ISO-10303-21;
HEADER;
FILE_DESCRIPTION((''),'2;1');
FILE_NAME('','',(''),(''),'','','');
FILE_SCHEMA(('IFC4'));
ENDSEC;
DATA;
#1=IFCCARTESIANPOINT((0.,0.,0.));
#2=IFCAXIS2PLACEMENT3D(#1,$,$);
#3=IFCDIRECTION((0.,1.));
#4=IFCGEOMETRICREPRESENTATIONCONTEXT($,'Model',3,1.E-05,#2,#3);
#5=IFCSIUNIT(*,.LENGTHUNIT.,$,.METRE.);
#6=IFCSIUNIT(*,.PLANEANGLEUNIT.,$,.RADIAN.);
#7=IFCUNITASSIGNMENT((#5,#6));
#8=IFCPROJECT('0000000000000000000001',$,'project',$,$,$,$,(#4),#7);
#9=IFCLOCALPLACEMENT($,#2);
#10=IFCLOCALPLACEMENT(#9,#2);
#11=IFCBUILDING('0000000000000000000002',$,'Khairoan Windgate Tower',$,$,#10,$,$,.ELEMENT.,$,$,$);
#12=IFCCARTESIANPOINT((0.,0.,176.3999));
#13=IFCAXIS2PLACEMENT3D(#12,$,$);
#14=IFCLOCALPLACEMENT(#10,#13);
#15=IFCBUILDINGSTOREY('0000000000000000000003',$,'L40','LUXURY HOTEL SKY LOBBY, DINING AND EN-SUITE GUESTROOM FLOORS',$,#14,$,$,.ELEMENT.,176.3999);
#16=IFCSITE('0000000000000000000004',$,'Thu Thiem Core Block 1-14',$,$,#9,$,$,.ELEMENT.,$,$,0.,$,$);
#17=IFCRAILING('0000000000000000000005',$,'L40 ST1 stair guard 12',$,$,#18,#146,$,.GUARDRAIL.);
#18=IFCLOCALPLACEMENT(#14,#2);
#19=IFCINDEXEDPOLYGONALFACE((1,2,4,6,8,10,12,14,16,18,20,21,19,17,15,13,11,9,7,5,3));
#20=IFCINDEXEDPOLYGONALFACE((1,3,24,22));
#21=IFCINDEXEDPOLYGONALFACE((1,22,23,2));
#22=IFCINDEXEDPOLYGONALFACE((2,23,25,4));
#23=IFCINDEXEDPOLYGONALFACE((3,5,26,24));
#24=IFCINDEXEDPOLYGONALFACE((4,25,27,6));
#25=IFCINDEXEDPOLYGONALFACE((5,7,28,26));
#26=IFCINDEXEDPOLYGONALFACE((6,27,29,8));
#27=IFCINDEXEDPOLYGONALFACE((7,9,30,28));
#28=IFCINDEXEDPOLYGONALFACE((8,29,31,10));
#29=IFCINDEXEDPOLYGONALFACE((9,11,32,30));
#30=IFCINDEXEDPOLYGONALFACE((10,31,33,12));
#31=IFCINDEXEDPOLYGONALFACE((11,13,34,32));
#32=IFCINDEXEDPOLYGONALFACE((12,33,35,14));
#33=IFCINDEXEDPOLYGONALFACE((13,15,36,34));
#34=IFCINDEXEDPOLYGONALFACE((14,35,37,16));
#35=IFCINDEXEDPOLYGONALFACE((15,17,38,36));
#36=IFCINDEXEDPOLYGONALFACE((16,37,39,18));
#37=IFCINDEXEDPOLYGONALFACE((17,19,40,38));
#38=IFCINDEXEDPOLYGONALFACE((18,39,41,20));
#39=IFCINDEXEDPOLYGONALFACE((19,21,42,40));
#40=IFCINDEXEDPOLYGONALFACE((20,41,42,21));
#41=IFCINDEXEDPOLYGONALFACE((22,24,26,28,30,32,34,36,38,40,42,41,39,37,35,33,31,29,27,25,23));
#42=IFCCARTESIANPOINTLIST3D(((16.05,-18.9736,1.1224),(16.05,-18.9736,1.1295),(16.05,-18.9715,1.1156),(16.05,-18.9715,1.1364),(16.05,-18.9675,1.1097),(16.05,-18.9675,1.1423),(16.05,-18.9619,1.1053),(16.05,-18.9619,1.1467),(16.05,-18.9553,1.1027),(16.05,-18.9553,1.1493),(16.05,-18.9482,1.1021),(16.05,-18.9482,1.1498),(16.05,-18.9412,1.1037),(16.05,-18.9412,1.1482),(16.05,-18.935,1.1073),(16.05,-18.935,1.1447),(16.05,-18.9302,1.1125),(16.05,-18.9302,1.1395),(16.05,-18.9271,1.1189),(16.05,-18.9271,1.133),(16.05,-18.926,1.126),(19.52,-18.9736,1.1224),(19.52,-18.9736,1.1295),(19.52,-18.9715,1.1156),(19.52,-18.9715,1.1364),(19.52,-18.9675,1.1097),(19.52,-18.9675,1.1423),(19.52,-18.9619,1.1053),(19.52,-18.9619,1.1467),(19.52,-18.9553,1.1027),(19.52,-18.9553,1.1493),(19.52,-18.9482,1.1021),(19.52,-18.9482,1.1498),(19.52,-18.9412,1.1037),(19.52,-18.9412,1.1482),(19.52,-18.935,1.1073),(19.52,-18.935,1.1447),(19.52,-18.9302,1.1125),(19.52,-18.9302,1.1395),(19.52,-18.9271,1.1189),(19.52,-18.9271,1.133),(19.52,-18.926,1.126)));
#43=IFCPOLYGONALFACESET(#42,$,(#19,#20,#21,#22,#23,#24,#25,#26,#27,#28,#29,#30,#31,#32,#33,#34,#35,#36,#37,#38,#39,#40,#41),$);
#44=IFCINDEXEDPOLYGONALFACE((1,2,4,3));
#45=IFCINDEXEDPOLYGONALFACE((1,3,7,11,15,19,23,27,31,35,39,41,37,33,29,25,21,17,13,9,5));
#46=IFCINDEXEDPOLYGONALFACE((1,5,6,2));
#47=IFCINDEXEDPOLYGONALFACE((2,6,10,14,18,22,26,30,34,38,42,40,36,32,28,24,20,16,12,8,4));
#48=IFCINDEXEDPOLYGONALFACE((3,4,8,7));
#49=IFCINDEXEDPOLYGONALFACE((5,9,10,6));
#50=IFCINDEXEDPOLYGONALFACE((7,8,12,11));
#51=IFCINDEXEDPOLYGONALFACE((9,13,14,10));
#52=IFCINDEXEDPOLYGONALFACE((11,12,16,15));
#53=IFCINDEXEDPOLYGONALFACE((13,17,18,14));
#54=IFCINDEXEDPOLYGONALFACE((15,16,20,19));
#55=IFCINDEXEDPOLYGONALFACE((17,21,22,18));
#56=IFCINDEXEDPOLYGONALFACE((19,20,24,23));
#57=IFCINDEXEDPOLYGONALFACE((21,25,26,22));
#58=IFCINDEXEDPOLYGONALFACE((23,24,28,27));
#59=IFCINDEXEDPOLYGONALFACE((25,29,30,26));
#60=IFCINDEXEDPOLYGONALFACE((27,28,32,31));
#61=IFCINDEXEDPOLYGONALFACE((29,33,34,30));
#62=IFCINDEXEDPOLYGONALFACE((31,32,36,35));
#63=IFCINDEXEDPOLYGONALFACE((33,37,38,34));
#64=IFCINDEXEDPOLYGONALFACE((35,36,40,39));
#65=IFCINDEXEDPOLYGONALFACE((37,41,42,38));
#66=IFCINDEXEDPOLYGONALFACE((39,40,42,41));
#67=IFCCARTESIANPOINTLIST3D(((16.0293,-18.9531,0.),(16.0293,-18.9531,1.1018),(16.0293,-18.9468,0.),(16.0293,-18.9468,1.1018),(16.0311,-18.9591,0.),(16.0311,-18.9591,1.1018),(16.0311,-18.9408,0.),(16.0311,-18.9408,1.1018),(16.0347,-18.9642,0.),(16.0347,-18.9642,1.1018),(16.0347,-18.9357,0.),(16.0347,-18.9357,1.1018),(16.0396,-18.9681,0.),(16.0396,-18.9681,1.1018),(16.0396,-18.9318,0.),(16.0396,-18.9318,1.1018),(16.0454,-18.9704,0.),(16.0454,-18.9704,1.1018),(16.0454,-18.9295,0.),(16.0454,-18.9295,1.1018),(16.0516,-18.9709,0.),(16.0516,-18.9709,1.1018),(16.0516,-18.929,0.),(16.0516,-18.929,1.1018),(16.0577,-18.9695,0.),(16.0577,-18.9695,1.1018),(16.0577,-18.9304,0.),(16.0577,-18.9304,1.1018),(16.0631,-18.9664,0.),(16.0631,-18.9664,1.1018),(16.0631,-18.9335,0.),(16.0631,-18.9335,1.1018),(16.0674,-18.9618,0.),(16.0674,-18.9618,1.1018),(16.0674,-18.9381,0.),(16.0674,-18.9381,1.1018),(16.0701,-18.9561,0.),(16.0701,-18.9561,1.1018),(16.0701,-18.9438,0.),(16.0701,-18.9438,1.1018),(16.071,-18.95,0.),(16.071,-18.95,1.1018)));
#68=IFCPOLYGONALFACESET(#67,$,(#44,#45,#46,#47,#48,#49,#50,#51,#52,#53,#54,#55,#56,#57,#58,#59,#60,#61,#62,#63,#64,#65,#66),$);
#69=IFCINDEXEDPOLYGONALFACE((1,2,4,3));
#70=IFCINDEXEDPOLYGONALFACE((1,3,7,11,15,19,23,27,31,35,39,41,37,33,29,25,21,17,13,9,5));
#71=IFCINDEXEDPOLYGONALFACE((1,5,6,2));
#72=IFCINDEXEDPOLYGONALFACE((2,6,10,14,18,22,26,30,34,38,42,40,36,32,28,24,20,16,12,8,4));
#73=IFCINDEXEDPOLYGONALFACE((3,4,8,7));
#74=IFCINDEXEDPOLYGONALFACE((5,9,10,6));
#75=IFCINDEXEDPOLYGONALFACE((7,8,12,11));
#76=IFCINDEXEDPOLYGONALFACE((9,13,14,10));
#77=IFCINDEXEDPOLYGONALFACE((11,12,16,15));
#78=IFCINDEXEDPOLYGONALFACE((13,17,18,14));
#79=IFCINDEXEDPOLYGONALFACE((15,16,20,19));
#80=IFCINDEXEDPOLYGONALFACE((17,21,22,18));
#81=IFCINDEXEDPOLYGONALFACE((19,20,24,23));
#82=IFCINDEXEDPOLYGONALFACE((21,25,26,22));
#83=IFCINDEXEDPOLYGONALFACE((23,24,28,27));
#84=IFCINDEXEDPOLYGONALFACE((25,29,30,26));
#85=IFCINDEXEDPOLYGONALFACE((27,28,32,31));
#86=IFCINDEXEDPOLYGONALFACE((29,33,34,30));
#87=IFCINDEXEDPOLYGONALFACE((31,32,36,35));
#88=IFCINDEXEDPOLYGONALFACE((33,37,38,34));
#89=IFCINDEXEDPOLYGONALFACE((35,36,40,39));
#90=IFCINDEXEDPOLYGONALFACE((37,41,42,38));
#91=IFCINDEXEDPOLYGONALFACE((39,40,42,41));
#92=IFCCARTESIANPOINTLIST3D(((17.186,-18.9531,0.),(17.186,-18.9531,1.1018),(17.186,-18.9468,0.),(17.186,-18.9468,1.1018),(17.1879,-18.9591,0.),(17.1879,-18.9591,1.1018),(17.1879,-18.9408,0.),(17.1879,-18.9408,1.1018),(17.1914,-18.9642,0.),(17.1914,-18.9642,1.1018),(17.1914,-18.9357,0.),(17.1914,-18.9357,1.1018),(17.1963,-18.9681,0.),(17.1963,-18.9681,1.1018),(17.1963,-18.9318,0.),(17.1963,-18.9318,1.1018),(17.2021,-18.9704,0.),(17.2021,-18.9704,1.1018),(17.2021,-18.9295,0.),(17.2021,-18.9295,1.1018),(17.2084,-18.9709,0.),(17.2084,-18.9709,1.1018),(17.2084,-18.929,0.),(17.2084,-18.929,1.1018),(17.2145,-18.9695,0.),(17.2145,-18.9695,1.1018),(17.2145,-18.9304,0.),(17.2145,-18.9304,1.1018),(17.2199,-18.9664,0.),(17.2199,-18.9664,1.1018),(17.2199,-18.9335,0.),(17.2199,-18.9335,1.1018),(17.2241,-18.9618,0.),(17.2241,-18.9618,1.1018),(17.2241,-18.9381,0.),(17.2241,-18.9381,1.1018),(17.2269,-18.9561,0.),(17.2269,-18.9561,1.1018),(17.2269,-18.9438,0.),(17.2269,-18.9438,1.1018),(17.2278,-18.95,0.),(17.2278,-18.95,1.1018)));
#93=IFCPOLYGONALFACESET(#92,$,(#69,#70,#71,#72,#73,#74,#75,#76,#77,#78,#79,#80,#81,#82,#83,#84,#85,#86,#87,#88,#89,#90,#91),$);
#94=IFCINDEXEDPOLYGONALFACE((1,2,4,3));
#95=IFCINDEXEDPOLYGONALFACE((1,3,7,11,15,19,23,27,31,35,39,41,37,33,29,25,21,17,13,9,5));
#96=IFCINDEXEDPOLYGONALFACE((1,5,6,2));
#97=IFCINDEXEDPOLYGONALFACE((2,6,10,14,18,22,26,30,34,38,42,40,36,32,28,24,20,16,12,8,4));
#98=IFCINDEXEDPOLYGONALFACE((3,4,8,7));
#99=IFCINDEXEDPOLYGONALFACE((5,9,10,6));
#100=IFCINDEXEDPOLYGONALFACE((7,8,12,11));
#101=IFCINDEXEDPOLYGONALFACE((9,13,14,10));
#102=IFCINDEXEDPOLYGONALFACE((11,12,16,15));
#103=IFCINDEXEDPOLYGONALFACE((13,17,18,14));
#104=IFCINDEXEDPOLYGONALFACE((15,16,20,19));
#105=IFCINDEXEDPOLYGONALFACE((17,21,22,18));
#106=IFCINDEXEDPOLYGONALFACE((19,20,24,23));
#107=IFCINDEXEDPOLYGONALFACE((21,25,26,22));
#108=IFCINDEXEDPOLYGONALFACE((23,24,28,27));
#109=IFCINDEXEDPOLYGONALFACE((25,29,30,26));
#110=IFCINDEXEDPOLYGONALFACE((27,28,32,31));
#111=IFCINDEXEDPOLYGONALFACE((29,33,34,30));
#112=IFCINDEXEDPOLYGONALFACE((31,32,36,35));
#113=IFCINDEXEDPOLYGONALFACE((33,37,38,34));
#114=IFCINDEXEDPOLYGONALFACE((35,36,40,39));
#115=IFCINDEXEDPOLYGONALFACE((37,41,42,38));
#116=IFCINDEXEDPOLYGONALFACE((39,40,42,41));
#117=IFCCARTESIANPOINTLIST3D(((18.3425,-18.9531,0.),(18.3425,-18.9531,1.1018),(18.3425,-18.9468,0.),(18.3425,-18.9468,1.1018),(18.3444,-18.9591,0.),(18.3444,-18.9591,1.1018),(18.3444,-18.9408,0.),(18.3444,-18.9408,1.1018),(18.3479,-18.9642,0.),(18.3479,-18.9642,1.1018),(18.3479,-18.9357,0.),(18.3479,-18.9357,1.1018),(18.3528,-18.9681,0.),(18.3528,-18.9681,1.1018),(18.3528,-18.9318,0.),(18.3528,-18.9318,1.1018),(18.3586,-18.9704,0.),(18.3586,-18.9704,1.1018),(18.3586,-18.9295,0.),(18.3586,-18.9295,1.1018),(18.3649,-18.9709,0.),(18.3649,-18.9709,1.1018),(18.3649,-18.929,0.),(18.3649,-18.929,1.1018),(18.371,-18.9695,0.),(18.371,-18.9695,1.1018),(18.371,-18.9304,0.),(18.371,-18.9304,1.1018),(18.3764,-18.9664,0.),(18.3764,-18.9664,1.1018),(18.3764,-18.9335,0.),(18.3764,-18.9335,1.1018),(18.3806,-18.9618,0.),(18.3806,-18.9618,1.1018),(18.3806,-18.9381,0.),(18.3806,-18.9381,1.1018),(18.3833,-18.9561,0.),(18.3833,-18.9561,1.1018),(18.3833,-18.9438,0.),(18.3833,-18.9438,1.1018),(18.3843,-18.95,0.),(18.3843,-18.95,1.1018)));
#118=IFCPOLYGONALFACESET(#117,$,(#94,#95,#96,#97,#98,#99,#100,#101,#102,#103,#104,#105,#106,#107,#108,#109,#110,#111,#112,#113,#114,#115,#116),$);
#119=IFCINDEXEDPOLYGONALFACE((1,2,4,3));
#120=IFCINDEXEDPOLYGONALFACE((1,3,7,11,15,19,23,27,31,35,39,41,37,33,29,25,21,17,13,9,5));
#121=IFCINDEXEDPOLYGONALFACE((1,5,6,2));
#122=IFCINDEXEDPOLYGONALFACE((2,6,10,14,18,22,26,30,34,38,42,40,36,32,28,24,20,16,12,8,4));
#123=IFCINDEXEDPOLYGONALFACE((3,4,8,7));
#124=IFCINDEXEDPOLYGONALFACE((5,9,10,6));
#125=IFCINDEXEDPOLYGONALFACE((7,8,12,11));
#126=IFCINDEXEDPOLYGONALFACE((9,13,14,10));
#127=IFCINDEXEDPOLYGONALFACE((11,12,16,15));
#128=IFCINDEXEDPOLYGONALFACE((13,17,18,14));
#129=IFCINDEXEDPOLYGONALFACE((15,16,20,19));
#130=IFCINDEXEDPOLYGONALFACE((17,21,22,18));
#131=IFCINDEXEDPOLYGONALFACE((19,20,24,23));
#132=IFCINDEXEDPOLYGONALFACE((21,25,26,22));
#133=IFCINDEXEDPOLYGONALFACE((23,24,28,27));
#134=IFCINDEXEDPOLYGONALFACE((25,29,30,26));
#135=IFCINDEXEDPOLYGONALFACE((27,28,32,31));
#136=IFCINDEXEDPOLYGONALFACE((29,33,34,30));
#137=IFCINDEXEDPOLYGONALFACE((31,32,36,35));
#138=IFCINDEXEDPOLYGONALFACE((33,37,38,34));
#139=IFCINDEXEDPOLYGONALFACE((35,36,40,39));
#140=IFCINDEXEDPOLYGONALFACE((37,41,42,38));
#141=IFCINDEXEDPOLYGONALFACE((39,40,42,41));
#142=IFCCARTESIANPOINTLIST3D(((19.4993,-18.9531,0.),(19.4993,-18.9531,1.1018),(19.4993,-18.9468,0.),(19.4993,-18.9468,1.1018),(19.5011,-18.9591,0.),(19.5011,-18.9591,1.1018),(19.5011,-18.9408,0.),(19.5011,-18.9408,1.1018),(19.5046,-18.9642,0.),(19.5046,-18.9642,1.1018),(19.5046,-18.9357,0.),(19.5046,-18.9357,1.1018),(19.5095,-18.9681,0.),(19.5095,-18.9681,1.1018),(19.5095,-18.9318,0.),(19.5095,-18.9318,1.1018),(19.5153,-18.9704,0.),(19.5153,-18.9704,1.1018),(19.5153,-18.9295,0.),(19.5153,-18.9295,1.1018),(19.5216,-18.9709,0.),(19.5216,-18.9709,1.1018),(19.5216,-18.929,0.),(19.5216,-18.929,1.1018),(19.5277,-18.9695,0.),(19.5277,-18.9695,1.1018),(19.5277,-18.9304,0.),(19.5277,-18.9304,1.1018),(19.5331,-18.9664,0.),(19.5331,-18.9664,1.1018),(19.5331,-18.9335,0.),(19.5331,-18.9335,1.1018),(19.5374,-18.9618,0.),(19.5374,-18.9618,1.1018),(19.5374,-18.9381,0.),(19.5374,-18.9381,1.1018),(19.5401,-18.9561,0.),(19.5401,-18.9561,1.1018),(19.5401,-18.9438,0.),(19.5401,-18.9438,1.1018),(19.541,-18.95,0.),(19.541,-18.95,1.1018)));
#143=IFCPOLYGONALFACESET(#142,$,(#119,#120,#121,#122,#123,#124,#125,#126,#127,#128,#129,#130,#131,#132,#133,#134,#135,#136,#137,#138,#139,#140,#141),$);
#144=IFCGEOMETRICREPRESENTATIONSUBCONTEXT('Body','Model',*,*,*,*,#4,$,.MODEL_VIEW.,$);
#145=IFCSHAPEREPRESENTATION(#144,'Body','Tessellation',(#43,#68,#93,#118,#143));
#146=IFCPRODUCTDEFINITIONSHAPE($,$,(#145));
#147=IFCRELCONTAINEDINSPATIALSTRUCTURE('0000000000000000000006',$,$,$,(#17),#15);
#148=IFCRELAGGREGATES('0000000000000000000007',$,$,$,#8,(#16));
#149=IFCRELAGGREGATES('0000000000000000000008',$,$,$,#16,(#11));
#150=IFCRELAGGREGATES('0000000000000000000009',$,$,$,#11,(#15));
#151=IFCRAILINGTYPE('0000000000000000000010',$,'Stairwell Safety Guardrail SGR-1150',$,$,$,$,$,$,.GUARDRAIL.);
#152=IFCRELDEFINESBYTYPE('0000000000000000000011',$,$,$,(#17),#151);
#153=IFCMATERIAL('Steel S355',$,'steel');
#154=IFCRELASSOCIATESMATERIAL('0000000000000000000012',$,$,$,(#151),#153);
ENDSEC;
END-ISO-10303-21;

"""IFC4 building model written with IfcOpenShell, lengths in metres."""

from ifc_helpers import new_model, si_unit, direction, frame, origin, origin_2d, place, context, subcontext, project, spatial, circle, extrude, material, type_object, element, save


model = new_model("IFC4")

# Units and contexts
model_context = context("Model", 3, precision=1e-05, world=origin(), true_north=direction((0.0, 1.0)))
body_context = subcontext(model_context, "Body", "Model", "MODEL_VIEW")
ifc_project = project(units=[si_unit("LENGTHUNIT", "METRE"), si_unit("PLANEANGLEUNIT", "RADIAN")], contexts=[model_context])

# Site, building, storey
site_placement = place(None, origin())
site = spatial("IfcSite", under=ifc_project, at=site_placement, Name="Thu Thiem Core Block 1-14", CompositionType="ELEMENT", RefElevation=0.0)
building_placement = place(site_placement, origin())
building = spatial("IfcBuilding", under=site, at=building_placement, Name="Khairoan Windgate Tower", CompositionType="ELEMENT")
storey_placement = place(building_placement, frame((0.0, 0.0, 176.3999)))
storey = spatial("IfcBuildingStorey", under=building, at=storey_placement, Name="L40", Description="LUXURY HOTEL SKY LOBBY, DINING AND EN-SUITE GUESTROOM FLOORS", CompositionType="ELEMENT", Elevation=176.3999)

# Railing
ifc_material_1 = material(Name="Steel S355", Category="steel")
railing_type = type_object("IfcRailingType", Name="Stairwell Safety Guardrail SGR-1150", PredefinedType="GUARDRAIL", material=ifc_material_1)
railing_1_placement = place(storey_placement, frame((16.05, -18.95, 0.0)))
element("IfcRailing", 1, at=railing_1_placement, inside=storey, type_object=railing_type, Name="L40 ST1 stair guard 12", PredefinedType="GUARDRAIL", context=body_context, shape_type="SweptSolid", body=[
    extrude(circle(Radius=0.0239, at=origin_2d()), frame((0.0, 0.0, 1.126), z_axis=(1.0, 0.0, 0.0), x_axis=(0.0, 1.0, 0.0)), (0.0, 0.0, 1.0), 3.47),
    extrude(circle(Radius=0.021, at=origin_2d()), origin(), (0.0, 0.0, 1.0), 1.1018),
    extrude(circle(Radius=0.021, at=origin_2d()), frame((1.1567, 0.0, 0.0)), (0.0, 0.0, 1.0), 1.1018),
    extrude(circle(Radius=0.021, at=origin_2d()), frame((2.3132, 0.0, 0.0)), (0.0, 0.0, 1.0), 1.1018),
    extrude(circle(Radius=0.021, at=origin_2d()), frame((3.47, 0.0, 0.0)), (0.0, 0.0, 1.0), 1.1018),
])

save(model, "model.ifc")
